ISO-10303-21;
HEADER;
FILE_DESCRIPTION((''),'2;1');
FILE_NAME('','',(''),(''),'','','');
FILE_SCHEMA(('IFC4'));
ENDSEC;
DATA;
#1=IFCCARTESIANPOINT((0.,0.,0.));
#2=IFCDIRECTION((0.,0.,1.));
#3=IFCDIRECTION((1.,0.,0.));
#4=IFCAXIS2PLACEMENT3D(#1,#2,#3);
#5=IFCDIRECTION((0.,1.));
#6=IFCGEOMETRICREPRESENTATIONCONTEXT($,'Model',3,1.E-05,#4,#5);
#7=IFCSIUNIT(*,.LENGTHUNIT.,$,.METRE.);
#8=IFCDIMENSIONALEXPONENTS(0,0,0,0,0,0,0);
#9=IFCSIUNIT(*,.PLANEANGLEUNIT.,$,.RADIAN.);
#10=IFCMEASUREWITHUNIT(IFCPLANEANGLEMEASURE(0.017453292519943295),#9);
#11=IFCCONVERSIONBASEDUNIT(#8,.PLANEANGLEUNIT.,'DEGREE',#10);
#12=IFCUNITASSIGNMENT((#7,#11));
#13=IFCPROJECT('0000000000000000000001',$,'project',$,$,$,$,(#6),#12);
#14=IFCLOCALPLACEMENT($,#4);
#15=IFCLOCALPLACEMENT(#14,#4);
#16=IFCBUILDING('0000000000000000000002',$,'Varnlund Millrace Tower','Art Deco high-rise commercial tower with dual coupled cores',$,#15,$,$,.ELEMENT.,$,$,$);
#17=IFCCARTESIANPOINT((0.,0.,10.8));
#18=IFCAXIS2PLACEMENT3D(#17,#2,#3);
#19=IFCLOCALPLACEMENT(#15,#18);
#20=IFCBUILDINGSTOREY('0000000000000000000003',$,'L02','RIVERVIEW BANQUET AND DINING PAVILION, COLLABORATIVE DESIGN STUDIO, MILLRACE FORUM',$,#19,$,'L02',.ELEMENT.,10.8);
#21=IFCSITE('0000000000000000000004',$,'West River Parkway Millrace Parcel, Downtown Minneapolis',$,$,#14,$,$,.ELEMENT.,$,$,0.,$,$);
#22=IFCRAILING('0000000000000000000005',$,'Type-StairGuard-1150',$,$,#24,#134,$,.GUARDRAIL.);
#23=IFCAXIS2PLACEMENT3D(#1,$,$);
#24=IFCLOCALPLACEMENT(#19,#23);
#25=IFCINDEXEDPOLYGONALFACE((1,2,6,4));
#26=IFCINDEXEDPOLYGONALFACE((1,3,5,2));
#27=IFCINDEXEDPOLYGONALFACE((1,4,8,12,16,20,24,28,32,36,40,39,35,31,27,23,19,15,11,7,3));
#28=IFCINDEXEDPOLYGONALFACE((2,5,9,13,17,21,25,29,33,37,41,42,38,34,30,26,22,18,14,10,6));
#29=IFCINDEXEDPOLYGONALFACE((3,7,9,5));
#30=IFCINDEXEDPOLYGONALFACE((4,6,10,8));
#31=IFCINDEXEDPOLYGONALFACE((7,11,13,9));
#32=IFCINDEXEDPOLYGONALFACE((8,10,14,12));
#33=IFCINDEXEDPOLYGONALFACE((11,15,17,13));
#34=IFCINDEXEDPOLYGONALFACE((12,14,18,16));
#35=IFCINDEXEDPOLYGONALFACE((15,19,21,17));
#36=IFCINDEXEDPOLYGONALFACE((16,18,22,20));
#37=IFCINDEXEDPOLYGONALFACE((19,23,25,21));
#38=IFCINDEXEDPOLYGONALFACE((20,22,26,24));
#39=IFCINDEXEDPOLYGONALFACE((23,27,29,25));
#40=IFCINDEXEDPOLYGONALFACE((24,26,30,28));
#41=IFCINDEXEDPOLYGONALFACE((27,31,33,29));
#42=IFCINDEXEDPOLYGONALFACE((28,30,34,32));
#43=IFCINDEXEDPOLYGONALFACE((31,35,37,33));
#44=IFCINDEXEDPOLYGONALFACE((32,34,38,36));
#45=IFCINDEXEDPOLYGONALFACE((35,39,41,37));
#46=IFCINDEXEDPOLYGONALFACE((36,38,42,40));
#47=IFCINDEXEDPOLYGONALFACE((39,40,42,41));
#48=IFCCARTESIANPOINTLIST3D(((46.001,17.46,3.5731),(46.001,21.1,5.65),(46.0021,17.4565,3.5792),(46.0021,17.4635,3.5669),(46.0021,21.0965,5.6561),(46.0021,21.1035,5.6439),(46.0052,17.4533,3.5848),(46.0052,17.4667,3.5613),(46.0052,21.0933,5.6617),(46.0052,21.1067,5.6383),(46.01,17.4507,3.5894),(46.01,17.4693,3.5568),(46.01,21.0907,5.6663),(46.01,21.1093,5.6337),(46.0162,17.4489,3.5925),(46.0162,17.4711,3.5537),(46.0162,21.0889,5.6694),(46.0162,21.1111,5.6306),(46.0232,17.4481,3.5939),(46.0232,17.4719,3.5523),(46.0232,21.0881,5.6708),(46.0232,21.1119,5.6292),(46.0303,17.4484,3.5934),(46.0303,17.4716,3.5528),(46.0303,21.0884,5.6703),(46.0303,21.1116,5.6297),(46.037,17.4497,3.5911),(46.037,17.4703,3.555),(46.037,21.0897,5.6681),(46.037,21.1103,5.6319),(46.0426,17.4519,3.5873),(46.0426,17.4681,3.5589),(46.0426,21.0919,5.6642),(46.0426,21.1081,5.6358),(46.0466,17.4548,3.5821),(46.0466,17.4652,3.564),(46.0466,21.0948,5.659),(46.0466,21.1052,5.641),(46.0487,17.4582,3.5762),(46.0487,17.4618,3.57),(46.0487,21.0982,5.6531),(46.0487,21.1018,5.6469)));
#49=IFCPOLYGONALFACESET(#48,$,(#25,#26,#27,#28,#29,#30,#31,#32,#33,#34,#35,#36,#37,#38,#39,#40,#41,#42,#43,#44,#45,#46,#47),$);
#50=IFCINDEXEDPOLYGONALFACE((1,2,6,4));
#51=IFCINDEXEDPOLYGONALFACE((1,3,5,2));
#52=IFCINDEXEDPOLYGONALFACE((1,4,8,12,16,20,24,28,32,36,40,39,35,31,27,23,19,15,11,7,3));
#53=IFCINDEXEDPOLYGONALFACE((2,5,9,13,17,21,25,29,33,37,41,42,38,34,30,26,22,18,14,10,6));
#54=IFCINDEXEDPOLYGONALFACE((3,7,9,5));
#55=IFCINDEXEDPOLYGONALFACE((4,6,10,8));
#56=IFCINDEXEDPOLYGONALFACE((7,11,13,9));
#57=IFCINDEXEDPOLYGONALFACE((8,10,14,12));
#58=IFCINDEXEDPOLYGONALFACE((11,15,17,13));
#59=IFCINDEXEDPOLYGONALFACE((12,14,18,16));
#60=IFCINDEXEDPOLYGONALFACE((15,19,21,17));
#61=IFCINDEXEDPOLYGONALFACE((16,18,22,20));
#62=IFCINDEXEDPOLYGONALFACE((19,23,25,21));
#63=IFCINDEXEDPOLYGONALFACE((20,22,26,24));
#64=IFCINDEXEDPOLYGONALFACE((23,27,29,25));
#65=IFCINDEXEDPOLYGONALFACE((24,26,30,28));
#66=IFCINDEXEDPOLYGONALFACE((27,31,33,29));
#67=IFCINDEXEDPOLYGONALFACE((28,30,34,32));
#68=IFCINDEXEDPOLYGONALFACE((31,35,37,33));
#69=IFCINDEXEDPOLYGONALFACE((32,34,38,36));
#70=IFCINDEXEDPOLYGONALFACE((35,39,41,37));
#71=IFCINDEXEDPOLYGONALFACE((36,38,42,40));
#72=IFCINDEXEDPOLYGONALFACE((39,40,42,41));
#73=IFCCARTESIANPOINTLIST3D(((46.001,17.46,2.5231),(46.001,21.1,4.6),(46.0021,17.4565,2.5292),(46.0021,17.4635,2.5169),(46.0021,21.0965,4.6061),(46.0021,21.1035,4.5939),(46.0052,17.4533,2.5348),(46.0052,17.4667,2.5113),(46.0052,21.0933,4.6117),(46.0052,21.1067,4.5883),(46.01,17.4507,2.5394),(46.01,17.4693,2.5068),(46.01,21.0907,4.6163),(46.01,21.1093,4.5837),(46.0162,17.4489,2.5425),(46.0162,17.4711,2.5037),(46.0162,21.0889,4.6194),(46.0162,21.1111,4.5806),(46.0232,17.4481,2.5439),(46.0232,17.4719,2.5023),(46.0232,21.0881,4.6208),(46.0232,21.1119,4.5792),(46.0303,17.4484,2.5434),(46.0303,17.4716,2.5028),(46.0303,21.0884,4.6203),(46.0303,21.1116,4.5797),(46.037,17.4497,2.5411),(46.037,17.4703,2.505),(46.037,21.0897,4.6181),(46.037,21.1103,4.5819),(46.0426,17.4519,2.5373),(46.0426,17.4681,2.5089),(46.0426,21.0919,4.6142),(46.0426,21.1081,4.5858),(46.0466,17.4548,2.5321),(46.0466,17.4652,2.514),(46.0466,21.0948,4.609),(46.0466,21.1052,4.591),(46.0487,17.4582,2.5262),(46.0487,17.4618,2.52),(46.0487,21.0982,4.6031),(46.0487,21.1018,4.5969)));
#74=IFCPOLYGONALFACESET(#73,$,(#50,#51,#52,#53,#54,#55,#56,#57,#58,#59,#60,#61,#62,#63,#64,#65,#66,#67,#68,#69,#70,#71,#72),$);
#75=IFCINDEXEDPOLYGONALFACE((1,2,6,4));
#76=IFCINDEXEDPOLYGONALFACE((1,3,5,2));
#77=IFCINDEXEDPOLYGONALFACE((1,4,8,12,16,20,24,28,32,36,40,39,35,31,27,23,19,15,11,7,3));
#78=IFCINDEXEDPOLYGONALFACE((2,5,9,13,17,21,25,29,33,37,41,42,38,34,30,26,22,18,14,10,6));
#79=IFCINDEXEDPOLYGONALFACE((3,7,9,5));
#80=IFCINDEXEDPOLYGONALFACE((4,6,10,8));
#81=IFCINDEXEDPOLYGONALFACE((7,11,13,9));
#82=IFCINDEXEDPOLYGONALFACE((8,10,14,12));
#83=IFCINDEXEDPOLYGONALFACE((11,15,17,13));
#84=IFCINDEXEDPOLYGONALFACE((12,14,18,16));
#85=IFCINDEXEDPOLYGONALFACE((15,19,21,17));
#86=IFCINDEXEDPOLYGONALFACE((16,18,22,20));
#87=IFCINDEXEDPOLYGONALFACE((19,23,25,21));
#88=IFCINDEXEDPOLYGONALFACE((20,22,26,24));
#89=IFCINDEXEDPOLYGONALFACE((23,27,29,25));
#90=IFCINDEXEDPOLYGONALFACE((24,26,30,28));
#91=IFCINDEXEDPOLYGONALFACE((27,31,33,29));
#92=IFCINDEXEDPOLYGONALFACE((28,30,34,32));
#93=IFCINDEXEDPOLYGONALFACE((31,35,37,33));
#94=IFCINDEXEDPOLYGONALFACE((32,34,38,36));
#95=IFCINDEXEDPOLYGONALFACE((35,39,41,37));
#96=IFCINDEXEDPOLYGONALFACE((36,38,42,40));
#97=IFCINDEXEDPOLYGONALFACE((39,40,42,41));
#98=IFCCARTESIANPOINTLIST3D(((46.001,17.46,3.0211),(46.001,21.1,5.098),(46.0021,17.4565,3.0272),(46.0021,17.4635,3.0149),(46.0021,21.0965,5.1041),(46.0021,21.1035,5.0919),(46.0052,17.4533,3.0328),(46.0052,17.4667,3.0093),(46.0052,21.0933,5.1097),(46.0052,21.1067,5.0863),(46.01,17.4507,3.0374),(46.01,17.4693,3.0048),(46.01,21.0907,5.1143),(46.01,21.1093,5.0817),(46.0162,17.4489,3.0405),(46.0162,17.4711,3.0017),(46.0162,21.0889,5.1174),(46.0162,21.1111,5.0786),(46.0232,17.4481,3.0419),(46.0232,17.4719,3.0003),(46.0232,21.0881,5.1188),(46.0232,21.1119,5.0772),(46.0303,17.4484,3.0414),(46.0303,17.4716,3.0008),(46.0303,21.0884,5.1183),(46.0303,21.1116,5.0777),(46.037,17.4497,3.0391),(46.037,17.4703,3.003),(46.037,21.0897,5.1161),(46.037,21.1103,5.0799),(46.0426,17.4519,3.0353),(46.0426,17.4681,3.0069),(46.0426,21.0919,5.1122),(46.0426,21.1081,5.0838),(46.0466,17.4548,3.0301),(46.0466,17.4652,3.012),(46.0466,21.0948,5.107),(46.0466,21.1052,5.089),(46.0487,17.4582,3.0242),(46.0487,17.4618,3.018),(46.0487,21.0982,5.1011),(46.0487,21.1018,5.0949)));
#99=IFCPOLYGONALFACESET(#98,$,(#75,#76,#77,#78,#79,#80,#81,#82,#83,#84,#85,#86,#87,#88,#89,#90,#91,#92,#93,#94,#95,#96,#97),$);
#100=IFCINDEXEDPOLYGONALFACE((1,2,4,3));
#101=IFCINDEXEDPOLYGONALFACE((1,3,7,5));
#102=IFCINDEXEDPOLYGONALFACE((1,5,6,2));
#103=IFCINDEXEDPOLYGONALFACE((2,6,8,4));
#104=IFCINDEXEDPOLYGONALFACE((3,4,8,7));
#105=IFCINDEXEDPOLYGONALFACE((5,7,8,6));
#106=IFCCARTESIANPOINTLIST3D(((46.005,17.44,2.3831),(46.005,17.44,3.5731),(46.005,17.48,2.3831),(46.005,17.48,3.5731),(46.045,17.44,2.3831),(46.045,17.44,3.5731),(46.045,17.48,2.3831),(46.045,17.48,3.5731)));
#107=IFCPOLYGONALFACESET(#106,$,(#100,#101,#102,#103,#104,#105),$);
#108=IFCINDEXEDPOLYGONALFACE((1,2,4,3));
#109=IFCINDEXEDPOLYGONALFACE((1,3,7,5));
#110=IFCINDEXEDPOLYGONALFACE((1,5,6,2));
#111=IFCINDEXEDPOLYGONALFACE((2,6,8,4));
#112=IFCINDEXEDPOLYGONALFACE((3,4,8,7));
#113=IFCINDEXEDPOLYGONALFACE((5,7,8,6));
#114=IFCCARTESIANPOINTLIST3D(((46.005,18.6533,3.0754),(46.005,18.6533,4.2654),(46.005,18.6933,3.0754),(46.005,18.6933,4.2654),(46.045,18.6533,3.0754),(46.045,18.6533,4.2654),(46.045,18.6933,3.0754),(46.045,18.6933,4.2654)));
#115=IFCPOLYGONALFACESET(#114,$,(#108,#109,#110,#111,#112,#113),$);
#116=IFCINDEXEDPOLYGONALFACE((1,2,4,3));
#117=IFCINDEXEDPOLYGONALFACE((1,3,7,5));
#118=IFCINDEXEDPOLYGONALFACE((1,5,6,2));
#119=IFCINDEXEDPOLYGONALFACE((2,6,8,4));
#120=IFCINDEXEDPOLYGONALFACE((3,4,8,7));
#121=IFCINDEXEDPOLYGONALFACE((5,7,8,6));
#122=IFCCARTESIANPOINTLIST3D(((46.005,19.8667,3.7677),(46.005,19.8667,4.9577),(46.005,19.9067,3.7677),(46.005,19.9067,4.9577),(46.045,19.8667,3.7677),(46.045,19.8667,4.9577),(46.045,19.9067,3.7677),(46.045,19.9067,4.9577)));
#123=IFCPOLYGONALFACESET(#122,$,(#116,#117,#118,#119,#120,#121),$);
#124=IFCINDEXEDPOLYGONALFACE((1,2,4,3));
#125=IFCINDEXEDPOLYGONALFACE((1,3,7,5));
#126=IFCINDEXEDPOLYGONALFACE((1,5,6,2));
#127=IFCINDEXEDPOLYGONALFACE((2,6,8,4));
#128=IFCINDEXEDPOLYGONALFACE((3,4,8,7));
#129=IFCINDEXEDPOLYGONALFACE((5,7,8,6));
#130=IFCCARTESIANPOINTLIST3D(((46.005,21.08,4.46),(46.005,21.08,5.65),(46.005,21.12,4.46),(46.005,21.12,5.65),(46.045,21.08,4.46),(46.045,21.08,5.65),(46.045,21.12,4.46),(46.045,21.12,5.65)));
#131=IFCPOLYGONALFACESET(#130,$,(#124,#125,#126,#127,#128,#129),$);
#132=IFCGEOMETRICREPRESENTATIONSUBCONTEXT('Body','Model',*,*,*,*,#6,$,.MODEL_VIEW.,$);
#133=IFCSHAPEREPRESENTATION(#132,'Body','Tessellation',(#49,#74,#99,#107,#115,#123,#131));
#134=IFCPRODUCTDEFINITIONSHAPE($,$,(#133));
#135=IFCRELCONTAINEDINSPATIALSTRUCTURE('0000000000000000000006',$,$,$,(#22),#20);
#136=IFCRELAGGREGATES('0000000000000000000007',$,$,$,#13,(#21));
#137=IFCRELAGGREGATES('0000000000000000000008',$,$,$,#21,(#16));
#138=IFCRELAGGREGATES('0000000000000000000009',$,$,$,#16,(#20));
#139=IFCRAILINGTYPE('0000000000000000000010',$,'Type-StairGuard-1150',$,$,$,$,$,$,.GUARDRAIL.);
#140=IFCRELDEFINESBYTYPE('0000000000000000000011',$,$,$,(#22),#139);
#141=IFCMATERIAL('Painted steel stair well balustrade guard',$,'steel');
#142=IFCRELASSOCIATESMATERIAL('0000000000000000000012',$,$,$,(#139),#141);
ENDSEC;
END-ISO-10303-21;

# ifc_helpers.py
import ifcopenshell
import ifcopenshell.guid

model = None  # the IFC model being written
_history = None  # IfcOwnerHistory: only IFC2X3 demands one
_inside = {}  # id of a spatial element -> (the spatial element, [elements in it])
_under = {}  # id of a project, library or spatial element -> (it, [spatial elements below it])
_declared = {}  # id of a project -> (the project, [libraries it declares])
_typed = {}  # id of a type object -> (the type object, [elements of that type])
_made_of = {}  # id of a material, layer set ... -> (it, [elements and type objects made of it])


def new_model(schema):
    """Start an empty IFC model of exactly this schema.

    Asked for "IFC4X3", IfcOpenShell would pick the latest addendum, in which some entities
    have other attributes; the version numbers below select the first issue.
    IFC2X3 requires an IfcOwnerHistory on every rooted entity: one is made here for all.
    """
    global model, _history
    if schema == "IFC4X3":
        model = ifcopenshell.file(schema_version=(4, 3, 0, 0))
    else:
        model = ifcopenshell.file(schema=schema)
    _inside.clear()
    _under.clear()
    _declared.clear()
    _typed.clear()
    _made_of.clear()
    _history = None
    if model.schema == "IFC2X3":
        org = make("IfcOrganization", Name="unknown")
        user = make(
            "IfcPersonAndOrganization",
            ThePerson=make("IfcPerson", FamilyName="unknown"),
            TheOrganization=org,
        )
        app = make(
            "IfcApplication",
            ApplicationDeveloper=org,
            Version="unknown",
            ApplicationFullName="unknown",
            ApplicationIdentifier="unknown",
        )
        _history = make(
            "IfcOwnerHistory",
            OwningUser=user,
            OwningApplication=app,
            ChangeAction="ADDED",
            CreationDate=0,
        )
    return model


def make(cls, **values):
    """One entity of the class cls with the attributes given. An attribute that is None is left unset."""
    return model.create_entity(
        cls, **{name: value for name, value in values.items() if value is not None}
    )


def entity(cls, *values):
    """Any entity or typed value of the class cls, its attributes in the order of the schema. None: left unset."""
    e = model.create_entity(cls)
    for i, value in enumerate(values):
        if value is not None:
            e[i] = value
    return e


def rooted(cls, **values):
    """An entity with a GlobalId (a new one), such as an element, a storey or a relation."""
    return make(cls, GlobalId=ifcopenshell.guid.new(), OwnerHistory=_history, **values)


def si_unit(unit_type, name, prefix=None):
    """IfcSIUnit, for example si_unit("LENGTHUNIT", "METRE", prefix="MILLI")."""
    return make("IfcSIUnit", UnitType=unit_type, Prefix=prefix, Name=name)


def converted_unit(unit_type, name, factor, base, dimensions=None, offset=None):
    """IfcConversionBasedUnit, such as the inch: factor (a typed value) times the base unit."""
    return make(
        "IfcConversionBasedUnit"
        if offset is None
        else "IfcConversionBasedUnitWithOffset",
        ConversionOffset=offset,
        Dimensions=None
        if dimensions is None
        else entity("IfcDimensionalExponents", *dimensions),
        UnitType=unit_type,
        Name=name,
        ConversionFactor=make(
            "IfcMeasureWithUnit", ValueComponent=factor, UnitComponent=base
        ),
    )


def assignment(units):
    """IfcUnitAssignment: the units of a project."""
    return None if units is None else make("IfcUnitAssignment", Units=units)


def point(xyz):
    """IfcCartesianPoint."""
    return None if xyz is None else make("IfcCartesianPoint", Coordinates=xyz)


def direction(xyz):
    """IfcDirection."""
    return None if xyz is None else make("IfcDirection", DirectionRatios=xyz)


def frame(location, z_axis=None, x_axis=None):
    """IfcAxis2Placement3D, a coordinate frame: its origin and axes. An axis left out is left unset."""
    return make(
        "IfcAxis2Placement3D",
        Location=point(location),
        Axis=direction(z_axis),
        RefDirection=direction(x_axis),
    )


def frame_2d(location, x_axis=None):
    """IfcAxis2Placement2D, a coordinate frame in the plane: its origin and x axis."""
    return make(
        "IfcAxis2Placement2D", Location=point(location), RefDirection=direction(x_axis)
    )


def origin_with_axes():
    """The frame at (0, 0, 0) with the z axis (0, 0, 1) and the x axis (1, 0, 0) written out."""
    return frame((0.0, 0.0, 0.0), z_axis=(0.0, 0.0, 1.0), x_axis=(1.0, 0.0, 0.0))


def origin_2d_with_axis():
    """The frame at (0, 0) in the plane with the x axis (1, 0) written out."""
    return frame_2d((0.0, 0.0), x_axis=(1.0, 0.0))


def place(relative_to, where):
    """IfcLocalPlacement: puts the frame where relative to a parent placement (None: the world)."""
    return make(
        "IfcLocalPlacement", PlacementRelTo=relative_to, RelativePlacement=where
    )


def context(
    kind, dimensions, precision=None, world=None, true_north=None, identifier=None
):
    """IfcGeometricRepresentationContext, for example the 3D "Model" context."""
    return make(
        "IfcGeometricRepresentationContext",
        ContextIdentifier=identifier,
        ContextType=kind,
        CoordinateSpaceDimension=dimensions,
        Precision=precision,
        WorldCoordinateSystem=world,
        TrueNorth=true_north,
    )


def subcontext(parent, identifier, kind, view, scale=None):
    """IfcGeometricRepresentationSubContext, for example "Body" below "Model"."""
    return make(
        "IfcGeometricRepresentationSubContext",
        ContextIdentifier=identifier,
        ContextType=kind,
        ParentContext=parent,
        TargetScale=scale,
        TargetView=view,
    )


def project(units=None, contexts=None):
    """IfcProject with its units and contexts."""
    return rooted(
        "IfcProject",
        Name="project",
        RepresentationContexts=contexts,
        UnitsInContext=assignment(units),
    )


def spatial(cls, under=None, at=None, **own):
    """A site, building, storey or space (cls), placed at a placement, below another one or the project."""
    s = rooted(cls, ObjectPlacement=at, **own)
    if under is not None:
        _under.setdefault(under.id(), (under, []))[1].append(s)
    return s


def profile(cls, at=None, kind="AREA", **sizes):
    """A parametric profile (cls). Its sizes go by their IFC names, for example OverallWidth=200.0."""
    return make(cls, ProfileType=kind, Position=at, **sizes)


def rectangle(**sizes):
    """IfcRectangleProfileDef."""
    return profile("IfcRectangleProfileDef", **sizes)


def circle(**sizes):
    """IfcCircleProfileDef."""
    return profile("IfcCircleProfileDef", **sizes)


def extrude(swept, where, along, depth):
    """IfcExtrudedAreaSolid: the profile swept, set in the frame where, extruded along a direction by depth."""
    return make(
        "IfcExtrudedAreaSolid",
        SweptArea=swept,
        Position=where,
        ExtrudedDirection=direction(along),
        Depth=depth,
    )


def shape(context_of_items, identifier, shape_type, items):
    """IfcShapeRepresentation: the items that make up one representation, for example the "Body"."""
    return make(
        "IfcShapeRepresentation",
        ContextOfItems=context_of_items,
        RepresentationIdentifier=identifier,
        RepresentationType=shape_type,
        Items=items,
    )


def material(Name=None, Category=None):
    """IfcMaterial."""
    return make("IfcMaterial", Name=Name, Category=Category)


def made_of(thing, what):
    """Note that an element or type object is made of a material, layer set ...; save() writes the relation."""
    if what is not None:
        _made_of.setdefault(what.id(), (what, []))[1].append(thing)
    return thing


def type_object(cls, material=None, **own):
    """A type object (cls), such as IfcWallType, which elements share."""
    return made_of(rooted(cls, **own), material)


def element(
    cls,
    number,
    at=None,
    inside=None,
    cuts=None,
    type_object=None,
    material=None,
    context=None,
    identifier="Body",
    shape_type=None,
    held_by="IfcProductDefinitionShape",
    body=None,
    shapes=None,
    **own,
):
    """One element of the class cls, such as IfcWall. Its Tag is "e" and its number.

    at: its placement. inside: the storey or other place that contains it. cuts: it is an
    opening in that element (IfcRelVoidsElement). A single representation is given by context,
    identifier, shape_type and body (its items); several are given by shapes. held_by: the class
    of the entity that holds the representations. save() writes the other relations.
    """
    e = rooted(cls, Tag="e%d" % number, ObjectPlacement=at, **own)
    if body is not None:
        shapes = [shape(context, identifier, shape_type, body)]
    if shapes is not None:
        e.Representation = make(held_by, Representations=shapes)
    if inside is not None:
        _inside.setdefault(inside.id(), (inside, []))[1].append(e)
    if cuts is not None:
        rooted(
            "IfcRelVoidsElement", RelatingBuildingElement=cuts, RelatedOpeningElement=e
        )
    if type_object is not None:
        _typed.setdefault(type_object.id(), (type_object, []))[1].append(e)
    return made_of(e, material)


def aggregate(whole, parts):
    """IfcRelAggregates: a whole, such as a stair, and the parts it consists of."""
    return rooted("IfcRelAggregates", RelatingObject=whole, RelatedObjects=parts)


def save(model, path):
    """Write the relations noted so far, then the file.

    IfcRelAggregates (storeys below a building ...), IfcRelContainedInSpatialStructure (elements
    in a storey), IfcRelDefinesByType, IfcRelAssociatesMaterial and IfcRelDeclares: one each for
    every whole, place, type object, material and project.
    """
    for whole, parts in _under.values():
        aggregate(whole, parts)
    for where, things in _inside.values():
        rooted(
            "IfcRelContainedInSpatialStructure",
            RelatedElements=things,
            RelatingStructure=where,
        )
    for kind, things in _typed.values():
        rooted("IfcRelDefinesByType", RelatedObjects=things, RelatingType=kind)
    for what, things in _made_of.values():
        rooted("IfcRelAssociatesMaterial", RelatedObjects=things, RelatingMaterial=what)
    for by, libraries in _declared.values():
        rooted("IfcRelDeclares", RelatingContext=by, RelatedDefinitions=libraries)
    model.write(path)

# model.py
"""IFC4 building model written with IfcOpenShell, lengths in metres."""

from ifc_helpers import new_model, entity, si_unit, converted_unit, direction, frame, origin_with_axes, origin_2d_with_axis, place, context, subcontext, project, spatial, rectangle, circle, extrude, material, type_object, element, save


model = new_model("IFC4")

# Units and contexts
model_context = context("Model", 3, precision=1e-05, world=origin_with_axes(), true_north=direction((0.0, 1.0)))
body_context = subcontext(model_context, "Body", "Model", "MODEL_VIEW")
ifc_project = project(units=[si_unit("LENGTHUNIT", "METRE"), converted_unit("PLANEANGLEUNIT", "DEGREE", entity("IfcPlaneAngleMeasure", 0.017453292519943295), si_unit("PLANEANGLEUNIT", "RADIAN"), dimensions=[0, 0, 0, 0, 0, 0, 0])], contexts=[model_context])

# Site, building, storey
site_placement = place(None, origin_with_axes())
site = spatial("IfcSite", under=ifc_project, at=site_placement, Name="West River Parkway Millrace Parcel, Downtown Minneapolis", CompositionType="ELEMENT", RefElevation=0.0)
building_placement = place(site_placement, origin_with_axes())
building = spatial("IfcBuilding", under=site, at=building_placement, Name="Varnlund Millrace Tower", Description="Art Deco high-rise commercial tower with dual coupled cores", CompositionType="ELEMENT")
storey_placement = place(building_placement, frame((0.0, 0.0, 10.8), z_axis=(0.0, 0.0, 1.0), x_axis=(1.0, 0.0, 0.0)))
storey = spatial("IfcBuildingStorey", under=building, at=storey_placement, Name="L02", Description="RIVERVIEW BANQUET AND DINING PAVILION, COLLABORATIVE DESIGN STUDIO, MILLRACE FORUM", LongName="L02", CompositionType="ELEMENT", Elevation=10.8)

# Railing
ifc_material_1 = material(Name="Painted steel stair well balustrade guard", Category="steel")
railing_type_1 = type_object("IfcRailingType", Name="Type-StairGuard-1150", PredefinedType="GUARDRAIL", material=ifc_material_1)
railing_1_placement = place(storey_placement, frame((0.0, 0.0, -10.8), z_axis=(0.0, 0.0, 1.0), x_axis=(1.0, 0.0, 0.0)))
element("IfcRailing", 1, at=railing_1_placement, inside=storey, type_object=railing_type_1, Name="Type-StairGuard-1150", PredefinedType="GUARDRAIL", context=body_context, shape_type="SweptSolid", body=[
    extrude(circle(Radius=0.024, at=origin_2d_with_axis()), frame((46.025, 17.46, 14.3731), z_axis=(0.0, 0.868559, 0.495585), x_axis=(-1.0, 0.0, 0.0)), (0.0, 0.0, 1.0), 4.1908),
    extrude(circle(Radius=0.024, at=origin_2d_with_axis()), frame((46.025, 17.46, 13.3231), z_axis=(0.0, 0.868559, 0.495585), x_axis=(-1.0, 0.0, 0.0)), (0.0, 0.0, 1.0), 4.1908),
    extrude(circle(Radius=0.024, at=origin_2d_with_axis()), frame((46.025, 17.46, 13.8211), z_axis=(0.0, 0.868559, 0.495585), x_axis=(-1.0, 0.0, 0.0)), (0.0, 0.0, 1.0), 4.1908),
    extrude(rectangle(XDim=0.04, YDim=0.04, at=origin_2d_with_axis()), frame((46.025, 17.46, 13.1831), z_axis=(0.0, 0.0, 1.0), x_axis=(1.0, 0.0, 0.0)), (0.0, 0.0, 1.0), 1.19),
    extrude(rectangle(XDim=0.04, YDim=0.04, at=origin_2d_with_axis()), frame((46.025, 18.6733, 13.8754), z_axis=(0.0, 0.0, 1.0), x_axis=(1.0, 0.0, 0.0)), (0.0, 0.0, 1.0), 1.19),
    extrude(rectangle(XDim=0.04, YDim=0.04, at=origin_2d_with_axis()), frame((46.025, 19.8867, 14.5677), z_axis=(0.0, 0.0, 1.0), x_axis=(1.0, 0.0, 0.0)), (0.0, 0.0, 1.0), 1.19),
    extrude(rectangle(XDim=0.04, YDim=0.04, at=origin_2d_with_axis()), frame((46.025, 21.1, 15.26), z_axis=(0.0, 0.0, 1.0), x_axis=(1.0, 0.0, 0.0)), (0.0, 0.0, 1.0), 1.19),
])

save(model, "model.ifc")
